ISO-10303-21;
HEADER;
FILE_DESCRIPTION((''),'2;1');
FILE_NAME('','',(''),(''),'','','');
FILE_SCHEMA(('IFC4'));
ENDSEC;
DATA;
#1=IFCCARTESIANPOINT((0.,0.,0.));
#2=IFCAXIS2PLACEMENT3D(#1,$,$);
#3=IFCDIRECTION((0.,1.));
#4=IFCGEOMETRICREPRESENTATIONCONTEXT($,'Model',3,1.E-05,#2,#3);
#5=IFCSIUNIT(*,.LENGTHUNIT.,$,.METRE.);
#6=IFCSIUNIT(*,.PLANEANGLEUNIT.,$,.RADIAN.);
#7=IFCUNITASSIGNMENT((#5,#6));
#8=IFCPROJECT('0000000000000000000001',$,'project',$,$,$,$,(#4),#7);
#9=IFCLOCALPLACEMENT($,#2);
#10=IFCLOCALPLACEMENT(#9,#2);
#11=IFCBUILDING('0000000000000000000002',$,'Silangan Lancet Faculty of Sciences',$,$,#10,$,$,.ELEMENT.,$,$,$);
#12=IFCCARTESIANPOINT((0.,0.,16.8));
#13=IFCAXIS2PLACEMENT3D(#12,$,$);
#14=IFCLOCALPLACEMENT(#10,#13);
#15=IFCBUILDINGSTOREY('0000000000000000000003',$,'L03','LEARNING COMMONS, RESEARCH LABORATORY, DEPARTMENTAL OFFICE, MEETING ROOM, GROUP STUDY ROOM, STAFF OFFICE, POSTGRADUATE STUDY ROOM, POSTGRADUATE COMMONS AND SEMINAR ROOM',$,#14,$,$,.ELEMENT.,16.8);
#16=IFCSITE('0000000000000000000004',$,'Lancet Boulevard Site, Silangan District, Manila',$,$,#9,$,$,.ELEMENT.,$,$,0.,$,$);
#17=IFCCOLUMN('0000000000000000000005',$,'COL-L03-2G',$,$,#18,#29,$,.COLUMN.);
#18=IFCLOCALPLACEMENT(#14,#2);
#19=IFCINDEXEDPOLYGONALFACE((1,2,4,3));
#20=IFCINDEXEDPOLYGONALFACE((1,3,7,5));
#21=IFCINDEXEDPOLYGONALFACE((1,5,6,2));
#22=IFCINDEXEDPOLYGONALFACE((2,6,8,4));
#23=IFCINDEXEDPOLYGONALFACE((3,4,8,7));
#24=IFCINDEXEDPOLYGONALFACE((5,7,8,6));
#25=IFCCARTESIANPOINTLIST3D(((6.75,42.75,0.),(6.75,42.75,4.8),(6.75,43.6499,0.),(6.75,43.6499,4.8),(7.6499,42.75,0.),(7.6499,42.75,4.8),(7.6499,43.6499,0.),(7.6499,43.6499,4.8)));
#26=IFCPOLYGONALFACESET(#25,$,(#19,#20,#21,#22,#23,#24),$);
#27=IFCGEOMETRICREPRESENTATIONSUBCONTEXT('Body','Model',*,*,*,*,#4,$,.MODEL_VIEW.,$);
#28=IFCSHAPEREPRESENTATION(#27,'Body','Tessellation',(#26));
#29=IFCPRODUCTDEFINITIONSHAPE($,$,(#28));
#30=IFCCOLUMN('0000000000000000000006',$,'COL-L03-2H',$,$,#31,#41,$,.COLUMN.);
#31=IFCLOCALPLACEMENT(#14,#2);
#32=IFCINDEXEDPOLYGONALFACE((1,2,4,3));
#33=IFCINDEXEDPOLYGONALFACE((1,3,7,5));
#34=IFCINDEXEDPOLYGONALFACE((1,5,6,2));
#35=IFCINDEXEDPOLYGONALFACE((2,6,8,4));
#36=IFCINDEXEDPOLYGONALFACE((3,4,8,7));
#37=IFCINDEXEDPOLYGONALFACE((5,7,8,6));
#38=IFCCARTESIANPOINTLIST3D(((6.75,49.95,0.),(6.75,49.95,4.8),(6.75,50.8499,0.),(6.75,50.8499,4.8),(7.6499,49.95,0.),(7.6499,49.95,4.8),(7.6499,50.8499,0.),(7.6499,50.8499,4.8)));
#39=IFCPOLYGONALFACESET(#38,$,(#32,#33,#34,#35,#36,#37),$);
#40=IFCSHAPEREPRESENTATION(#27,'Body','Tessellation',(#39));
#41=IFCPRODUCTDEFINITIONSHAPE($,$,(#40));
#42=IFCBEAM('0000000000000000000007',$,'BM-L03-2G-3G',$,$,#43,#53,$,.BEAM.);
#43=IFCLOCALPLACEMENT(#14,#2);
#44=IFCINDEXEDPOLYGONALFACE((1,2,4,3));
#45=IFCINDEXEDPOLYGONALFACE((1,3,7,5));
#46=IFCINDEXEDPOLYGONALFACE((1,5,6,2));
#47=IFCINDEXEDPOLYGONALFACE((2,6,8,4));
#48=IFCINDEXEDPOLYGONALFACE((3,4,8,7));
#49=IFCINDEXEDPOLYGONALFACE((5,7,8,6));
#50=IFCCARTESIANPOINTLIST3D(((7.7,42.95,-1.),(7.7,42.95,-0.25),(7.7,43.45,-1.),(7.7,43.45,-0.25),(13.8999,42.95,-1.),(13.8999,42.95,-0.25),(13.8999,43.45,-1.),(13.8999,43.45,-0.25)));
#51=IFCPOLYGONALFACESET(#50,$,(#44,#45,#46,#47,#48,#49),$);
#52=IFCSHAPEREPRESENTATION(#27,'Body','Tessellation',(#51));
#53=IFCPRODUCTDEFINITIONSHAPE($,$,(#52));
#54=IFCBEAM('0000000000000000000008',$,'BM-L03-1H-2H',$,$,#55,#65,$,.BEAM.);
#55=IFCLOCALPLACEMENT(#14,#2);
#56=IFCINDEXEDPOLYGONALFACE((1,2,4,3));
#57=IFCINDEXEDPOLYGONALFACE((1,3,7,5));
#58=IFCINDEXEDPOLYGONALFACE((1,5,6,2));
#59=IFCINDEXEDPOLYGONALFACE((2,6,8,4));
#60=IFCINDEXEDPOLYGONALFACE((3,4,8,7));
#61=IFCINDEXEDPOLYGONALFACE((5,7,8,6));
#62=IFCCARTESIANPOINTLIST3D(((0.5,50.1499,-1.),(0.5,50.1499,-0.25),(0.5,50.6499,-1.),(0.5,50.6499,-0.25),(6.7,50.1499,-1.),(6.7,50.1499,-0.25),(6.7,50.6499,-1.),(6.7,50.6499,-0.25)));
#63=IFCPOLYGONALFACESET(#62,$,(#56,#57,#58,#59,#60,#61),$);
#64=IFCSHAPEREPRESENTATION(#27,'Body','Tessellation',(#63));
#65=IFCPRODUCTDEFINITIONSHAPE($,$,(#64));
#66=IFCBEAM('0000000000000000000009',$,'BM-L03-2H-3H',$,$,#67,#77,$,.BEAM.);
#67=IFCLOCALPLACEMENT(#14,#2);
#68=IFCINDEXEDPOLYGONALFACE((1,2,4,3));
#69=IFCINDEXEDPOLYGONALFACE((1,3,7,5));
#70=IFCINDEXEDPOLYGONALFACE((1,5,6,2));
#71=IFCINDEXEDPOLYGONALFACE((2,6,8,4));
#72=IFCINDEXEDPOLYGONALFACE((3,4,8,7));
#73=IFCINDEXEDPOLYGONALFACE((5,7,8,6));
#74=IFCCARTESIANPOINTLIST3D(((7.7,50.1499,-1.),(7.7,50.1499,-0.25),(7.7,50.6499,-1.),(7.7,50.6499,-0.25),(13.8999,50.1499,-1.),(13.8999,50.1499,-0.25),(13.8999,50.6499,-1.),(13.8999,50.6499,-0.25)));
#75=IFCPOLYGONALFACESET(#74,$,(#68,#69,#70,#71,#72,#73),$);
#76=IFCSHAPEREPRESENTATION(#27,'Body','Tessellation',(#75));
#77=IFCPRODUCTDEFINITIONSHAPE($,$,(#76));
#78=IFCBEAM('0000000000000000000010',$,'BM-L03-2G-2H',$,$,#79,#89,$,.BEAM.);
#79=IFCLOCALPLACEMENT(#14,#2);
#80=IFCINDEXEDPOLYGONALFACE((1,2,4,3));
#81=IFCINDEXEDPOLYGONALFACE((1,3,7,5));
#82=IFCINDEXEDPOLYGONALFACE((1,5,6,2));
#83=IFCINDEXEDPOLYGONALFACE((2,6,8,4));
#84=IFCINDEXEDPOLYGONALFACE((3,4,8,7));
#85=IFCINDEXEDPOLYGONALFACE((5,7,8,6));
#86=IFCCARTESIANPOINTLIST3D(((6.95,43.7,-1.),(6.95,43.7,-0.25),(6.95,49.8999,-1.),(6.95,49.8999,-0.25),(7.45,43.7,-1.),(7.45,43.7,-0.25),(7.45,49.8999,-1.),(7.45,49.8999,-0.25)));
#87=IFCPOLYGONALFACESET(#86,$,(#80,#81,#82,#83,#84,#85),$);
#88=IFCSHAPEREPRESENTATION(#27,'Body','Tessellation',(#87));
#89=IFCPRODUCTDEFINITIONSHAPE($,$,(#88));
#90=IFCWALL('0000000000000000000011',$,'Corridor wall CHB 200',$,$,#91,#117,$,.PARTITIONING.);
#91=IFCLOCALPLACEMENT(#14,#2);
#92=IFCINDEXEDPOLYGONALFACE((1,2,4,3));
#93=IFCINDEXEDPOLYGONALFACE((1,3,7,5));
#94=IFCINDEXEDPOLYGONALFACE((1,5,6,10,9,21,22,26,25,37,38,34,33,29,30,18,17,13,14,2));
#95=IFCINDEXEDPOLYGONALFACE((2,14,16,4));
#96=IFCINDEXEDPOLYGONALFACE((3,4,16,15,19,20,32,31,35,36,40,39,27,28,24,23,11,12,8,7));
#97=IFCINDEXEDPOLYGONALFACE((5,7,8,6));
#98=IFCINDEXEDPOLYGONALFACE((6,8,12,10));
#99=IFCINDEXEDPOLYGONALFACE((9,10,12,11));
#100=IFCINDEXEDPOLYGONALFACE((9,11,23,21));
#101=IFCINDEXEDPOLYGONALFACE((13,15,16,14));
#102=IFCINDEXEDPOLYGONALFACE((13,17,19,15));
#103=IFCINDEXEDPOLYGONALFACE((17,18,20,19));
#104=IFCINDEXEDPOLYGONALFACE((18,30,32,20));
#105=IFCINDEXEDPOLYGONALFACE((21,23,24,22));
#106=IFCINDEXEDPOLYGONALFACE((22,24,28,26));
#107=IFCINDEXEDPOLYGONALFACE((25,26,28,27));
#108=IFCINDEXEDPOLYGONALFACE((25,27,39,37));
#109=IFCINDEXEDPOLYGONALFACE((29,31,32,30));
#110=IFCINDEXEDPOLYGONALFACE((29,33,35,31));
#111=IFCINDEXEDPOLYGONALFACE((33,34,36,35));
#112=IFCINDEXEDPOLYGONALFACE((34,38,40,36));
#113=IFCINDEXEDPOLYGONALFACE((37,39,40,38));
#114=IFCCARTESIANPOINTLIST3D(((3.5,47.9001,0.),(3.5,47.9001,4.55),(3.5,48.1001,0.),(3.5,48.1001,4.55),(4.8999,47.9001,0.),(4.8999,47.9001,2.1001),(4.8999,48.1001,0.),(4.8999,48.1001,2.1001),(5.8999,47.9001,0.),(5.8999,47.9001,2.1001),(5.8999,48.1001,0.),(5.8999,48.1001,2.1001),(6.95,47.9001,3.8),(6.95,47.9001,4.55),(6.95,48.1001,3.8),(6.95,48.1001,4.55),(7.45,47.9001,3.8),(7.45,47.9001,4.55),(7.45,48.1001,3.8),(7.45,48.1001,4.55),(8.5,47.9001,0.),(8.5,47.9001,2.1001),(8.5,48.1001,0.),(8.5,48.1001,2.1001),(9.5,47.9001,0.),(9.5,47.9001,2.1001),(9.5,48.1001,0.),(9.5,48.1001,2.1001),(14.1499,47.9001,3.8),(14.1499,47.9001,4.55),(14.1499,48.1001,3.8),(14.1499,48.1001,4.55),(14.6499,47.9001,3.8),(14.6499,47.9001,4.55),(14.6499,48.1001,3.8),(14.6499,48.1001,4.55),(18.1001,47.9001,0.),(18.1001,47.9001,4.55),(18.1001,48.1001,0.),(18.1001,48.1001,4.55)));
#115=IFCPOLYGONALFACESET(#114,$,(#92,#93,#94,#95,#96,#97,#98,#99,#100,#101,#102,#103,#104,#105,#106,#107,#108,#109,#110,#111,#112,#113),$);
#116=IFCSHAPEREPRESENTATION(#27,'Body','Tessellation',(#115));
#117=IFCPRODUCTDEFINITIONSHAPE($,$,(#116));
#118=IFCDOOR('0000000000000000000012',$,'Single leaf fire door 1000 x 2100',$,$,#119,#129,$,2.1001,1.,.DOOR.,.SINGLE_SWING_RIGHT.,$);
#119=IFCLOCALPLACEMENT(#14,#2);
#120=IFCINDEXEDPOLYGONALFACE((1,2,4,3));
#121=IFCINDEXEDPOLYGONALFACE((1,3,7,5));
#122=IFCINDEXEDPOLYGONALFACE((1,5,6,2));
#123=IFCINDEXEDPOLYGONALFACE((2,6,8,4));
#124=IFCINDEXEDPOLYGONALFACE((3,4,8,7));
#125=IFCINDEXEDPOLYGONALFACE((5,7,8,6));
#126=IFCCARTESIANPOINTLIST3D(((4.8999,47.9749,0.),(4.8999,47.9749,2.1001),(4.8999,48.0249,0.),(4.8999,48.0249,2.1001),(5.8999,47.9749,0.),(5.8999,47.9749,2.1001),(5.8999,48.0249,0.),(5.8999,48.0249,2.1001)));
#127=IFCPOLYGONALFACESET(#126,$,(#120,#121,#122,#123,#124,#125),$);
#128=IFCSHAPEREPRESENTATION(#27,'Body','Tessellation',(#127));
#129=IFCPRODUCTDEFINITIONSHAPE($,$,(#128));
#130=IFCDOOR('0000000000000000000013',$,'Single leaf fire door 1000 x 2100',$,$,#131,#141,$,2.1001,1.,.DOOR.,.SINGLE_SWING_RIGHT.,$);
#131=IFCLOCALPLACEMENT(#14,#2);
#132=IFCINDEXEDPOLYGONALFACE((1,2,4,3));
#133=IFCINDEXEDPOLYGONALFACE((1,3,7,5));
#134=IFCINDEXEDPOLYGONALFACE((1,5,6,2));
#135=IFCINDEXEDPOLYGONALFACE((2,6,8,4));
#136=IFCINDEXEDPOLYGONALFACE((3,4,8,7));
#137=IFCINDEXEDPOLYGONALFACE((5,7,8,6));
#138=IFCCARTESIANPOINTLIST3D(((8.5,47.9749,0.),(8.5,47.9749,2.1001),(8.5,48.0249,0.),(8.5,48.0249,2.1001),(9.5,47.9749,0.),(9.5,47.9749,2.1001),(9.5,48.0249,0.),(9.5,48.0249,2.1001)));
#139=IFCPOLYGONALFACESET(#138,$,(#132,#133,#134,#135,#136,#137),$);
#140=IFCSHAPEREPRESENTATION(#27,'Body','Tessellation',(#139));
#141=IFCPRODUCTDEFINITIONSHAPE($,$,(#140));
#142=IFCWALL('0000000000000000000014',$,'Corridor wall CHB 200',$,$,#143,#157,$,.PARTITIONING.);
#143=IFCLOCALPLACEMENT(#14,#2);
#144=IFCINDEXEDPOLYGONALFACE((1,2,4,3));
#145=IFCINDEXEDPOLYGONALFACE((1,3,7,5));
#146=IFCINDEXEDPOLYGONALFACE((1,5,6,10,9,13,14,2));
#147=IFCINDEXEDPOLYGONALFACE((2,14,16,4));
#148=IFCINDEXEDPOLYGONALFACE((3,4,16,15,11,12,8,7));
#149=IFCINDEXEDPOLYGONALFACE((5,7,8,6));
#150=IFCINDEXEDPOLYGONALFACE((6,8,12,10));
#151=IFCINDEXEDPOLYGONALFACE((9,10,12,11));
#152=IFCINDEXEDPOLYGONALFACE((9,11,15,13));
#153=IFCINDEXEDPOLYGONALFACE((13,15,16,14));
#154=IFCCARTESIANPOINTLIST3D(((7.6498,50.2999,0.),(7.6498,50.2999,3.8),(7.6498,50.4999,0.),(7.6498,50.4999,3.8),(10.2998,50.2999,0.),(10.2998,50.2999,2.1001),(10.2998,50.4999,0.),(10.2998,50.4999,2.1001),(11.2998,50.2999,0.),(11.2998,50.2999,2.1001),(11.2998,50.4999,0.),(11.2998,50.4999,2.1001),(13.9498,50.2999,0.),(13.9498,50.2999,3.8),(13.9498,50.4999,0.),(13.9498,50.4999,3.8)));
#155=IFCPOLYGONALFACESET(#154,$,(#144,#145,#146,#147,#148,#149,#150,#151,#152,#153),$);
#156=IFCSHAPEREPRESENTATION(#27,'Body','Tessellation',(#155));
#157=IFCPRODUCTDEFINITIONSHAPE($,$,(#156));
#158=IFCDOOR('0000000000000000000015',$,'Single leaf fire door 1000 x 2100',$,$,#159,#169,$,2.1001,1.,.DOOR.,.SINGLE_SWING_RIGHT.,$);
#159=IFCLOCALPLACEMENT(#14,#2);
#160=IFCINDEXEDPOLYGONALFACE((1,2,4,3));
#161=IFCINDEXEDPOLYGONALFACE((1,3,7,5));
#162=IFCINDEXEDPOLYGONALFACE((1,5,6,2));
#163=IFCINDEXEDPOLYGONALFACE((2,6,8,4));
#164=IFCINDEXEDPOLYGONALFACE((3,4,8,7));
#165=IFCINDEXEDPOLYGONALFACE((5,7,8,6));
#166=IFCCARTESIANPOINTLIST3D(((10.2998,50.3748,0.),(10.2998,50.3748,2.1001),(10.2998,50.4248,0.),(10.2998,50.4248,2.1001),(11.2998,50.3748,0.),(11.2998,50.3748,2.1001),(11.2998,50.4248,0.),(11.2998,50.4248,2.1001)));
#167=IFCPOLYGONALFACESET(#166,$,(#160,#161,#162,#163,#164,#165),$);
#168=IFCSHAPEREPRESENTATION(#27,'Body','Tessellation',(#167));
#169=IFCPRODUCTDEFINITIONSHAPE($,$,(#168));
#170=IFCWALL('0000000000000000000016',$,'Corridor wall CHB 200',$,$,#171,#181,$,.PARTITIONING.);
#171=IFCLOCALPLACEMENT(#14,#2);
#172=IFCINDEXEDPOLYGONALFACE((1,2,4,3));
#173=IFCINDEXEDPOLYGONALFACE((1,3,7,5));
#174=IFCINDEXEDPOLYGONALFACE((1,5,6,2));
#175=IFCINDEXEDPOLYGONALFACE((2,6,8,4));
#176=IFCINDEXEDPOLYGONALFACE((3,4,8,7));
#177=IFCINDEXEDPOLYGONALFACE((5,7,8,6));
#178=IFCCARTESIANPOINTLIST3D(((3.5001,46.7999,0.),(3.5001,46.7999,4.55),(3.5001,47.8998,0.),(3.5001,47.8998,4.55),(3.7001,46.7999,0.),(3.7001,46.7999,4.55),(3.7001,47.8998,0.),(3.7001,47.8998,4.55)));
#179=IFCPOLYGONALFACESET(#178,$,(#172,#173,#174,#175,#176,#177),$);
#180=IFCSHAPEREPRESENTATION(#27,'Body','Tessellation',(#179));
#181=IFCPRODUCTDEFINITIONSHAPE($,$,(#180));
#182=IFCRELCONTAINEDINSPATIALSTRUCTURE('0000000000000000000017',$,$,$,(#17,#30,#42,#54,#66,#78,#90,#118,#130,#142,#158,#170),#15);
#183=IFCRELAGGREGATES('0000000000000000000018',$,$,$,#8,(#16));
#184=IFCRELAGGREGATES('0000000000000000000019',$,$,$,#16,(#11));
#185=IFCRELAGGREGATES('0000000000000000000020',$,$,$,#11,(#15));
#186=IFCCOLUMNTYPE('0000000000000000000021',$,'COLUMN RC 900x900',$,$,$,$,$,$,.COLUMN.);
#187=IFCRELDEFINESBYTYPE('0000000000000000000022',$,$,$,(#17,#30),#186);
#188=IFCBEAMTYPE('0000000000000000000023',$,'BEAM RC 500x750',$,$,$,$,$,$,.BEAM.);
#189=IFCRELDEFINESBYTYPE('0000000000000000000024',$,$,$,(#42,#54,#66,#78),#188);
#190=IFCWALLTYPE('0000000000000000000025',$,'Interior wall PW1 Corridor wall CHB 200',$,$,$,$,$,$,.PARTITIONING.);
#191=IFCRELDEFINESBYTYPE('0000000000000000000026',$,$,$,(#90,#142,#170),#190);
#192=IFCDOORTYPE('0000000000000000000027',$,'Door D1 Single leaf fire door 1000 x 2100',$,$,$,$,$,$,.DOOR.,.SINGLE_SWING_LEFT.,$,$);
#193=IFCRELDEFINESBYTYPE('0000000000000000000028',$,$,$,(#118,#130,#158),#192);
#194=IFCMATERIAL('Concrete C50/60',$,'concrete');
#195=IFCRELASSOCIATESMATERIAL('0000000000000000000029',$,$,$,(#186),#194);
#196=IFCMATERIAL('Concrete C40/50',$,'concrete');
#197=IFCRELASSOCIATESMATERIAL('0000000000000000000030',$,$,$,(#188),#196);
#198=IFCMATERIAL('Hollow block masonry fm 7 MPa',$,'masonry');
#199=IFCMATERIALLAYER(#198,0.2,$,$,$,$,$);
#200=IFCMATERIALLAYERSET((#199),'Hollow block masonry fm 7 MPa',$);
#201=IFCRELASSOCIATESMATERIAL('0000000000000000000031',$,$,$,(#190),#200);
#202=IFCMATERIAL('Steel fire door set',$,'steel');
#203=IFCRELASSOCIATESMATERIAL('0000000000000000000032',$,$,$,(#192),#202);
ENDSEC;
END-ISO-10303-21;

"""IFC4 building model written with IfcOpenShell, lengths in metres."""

from ifc_helpers import new_model, si_unit, direction, frame, frame_2d, origin, origin_2d, place, context, subcontext, project, spatial, polyline, rectangle, outline, extrude, material, layer, layer_set, material_profile, profile_set, type_object, element, fill, save


model = new_model("IFC4")

# Units and contexts
model_context = context("Model", 3, precision=1e-05, world=origin(), true_north=direction((0.0, 1.0)))
body_context = subcontext(model_context, "Body", "Model", "MODEL_VIEW")
ifc_project = project(units=[si_unit("LENGTHUNIT", "METRE"), si_unit("PLANEANGLEUNIT", "RADIAN")], contexts=[model_context])

# Site, building, storey
site_placement = place(None, origin())
site = spatial("IfcSite", under=ifc_project, at=site_placement, Name="Lancet Boulevard Site, Silangan District, Manila", CompositionType="ELEMENT", RefElevation=0.0)
building_placement = place(site_placement, origin())
building = spatial("IfcBuilding", under=site, at=building_placement, Name="Silangan Lancet Faculty of Sciences", CompositionType="ELEMENT")
storey_placement = place(building_placement, frame((0.0, 0.0, 16.8)))
storey = spatial("IfcBuildingStorey", under=building, at=storey_placement, Name="L03", Description="LEARNING COMMONS, RESEARCH LABORATORY, DEPARTMENTAL OFFICE, MEETING ROOM, GROUP STUDY ROOM, STAFF OFFICE, POSTGRADUATE STUDY ROOM, POSTGRADUATE COMMONS AND SEMINAR ROOM", CompositionType="ELEMENT", Elevation=16.8)

# Columns
ifc_material_1 = material(Name="Concrete C50/60", Category="concrete")
ifc_material_profile_1 = material_profile(ifc_material_1, rectangle(XDim=0.8999, YDim=0.8999, at=origin_2d()), Name="RC 900x900")
ifc_profile_set_1 = profile_set([ifc_material_profile_1], Name="Concrete C50/60")
column_type = type_object("IfcColumnType", Name="COLUMN RC 900x900", PredefinedType="COLUMN", material=ifc_profile_set_1)
for number, where, z_axis, x_axis, name in (
    (1, (7.2, 43.2, 0.0), (0.0, 0.0, 1.0), (1.0, 0.0, 0.0), "COL-L03-2G"),
    (2, (7.2, 50.3999, 0.0), (0.0, 0.0, 1.0), (1.0, 0.0, 0.0), "COL-L03-2H"),
):
    element("IfcColumn", number, at=place(storey_placement, frame(where, z_axis=z_axis, x_axis=x_axis)), inside=storey, type_object=column_type, Name=name, PredefinedType="COLUMN", context=body_context, shape_type="SweptSolid", body=[
        extrude(rectangle(XDim=0.8999, YDim=0.8999, at=origin_2d()), origin(), (0.0, 0.0, 1.0), 4.8),
    ])

# Beams
ifc_material_2 = material(Name="Concrete C40/50", Category="concrete")
ifc_material_profile_2 = material_profile(ifc_material_2, rectangle(XDim=0.5, YDim=0.75, at=origin_2d()), Name="RC 500x750")
ifc_profile_set_2 = profile_set([ifc_material_profile_2], Name="Concrete C40/50")
beam_type = type_object("IfcBeamType", Name="BEAM RC 500x750", PredefinedType="BEAM", material=ifc_profile_set_2)
for number, where, z_axis, x_axis, name in (
    (3, (7.7, 43.2, -0.625), (1.0, 0.0, 0.0), (0.0, 1.0, 0.0), "BM-L03-2G-3G"),
    (4, (0.5, 50.3999, -0.625), (1.0, 0.0, 0.0), (0.0, 1.0, 0.0), "BM-L03-1H-2H"),
    (5, (7.7, 50.3999, -0.625), (1.0, 0.0, 0.0), (0.0, 1.0, 0.0), "BM-L03-2H-3H"),
    (6, (7.2, 43.7, -0.625), (0.0, 1.0, 0.0), (-1.0, 0.0, 0.0), "BM-L03-2G-2H"),
):
    element("IfcBeam", number, at=place(storey_placement, frame(where, z_axis=z_axis, x_axis=x_axis)), inside=storey, type_object=beam_type, Name=name, PredefinedType="BEAM", context=body_context, shape_type="SweptSolid", body=[
        extrude(rectangle(XDim=0.5, YDim=0.75, at=origin_2d()), origin(), (0.0, 0.0, 1.0), 6.2),
    ])

# Wall, openings, doors
ifc_material_3 = material(Name="Hollow block masonry fm 7 MPa", Category="masonry")
ifc_layer_1 = layer(ifc_material_3, 0.2)
ifc_layer_set_1 = layer_set([ifc_layer_1], Name="Hollow block masonry fm 7 MPa")
wall_type_1 = type_object("IfcWallType", Name="Interior wall PW1 Corridor wall CHB 200", PredefinedType="PARTITIONING", material=ifc_layer_set_1)
wall_1_placement = place(storey_placement, frame((3.5, 48.0, 0.0), z_axis=(0.0, 0.0, 1.0), x_axis=(1.0, 0.0, 0.0)))
wall_1 = element("IfcWall", 7, at=wall_1_placement, inside=storey, type_object=wall_type_1, Name="Corridor wall CHB 200", PredefinedType="PARTITIONING", context=body_context, shape_type="SweptSolid", body=[
    extrude(outline(polyline([(0.0, 0.0), (14.6001, 0.0), (14.6001, 4.55), (11.1499, 4.55), (11.1499, 3.8), (10.6499, 3.8), (10.6499, 4.55), (3.95, 4.55), (3.95, 3.8), (3.45, 3.8), (3.45, 4.55), (0.0, 4.55), (0.0, 0.0)])), frame((0.0, 0.1001, 0.0), z_axis=(0.0, -1.0, 0.0), x_axis=(1.0, 0.0, 0.0)), (0.0, 0.0, 1.0), 0.2),
])
opening_1_placement = place(wall_1_placement, frame((1.3999, 0.0, 0.0)))
opening_1 = element("IfcOpeningElement", 8, at=opening_1_placement, cuts=wall_1, PredefinedType="OPENING", context=body_context, shape_type="SweptSolid", body=[
    extrude(rectangle(XDim=1.0, YDim=2.1001, at=frame_2d((0.5, 1.05))), frame((0.0, 0.1099, 0.0), z_axis=(0.0, -1.0, 0.0), x_axis=(1.0, 0.0, 0.0)), (0.0, 0.0, 1.0), 0.22),
])
opening_2_placement = place(wall_1_placement, frame((5.0, 0.0, 0.0)))
opening_2 = element("IfcOpeningElement", 9, at=opening_2_placement, cuts=wall_1, PredefinedType="OPENING", context=body_context, shape_type="SweptSolid", body=[
    extrude(rectangle(XDim=1.0, YDim=2.1001, at=frame_2d((0.5, 1.05))), frame((0.0, 0.1099, 0.0), z_axis=(0.0, -1.0, 0.0), x_axis=(1.0, 0.0, 0.0)), (0.0, 0.0, 1.0), 0.22),
])
ifc_material_4 = material(Name="Steel fire door set", Category="steel")
door_type_1 = type_object("IfcDoorType", Name="Door D1 Single leaf fire door 1000 x 2100", OperationType="SINGLE_SWING_LEFT", PredefinedType="DOOR", material=ifc_material_4)
door_1_placement = place(opening_1_placement, frame((1.0, 0.0, 0.0), z_axis=(0.0, 0.0, 1.0), x_axis=(-1.0, 0.0, 0.0)))
door_1 = element("IfcDoor", 10, at=door_1_placement, inside=storey, type_object=door_type_1, Name="Single leaf fire door 1000 x 2100", OperationType="SINGLE_SWING_RIGHT", OverallHeight=2.1001, OverallWidth=1.0, PredefinedType="DOOR", context=body_context, shape_type="SweptSolid", body=[
    extrude(rectangle(XDim=1.0, YDim=2.1001, at=frame_2d((0.5, 1.05))), frame((0.0, 0.0251, 0.0), z_axis=(0.0, -1.0, 0.0), x_axis=(1.0, 0.0, 0.0)), (0.0, 0.0, 1.0), 0.05),
])
fill(opening_1, door_1)
door_2_placement = place(opening_2_placement, frame((1.0, 0.0, 0.0), z_axis=(0.0, 0.0, 1.0), x_axis=(-1.0, 0.0, 0.0)))
door_2 = element("IfcDoor", 11, at=door_2_placement, inside=storey, type_object=door_type_1, Name="Single leaf fire door 1000 x 2100", OperationType="SINGLE_SWING_RIGHT", OverallHeight=2.1001, OverallWidth=1.0, PredefinedType="DOOR", context=body_context, shape_type="SweptSolid", body=[
    extrude(rectangle(XDim=1.0, YDim=2.1001, at=frame_2d((0.5, 1.05))), frame((0.0, 0.0251, 0.0), z_axis=(0.0, -1.0, 0.0), x_axis=(1.0, 0.0, 0.0)), (0.0, 0.0, 1.0), 0.05),
])
fill(opening_2, door_2)

# Wall, opening, door
wall_2_placement = place(storey_placement, frame((7.6499, 50.3999, 0.0), z_axis=(0.0, 0.0, 1.0), x_axis=(1.0, 0.0, 0.0)))
wall_2 = element("IfcWall", 12, at=wall_2_placement, inside=storey, type_object=wall_type_1, Name="Corridor wall CHB 200", PredefinedType="PARTITIONING", context=body_context, shape_type="SweptSolid", body=[
    extrude(rectangle(XDim=6.3, YDim=0.2, at=frame_2d((3.1499, 0.0))), origin(), (0.0, 0.0, 1.0), 3.8),
])
opening_3_placement = place(wall_2_placement, frame((2.6499, 0.0, 0.0)))
opening_3 = element("IfcOpeningElement", 13, at=opening_3_placement, cuts=wall_2, PredefinedType="OPENING", context=body_context, shape_type="SweptSolid", body=[
    extrude(rectangle(XDim=1.0, YDim=2.1001, at=frame_2d((0.5, 1.05))), frame((0.0, 0.1099, 0.0), z_axis=(0.0, -1.0, 0.0), x_axis=(1.0, 0.0, 0.0)), (0.0, 0.0, 1.0), 0.22),
])
door_3_placement = place(opening_3_placement, origin())
door_3 = element("IfcDoor", 14, at=door_3_placement, inside=storey, type_object=door_type_1, Name="Single leaf fire door 1000 x 2100", OperationType="SINGLE_SWING_RIGHT", OverallHeight=2.1001, OverallWidth=1.0, PredefinedType="DOOR", context=body_context, shape_type="SweptSolid", body=[
    extrude(rectangle(XDim=1.0, YDim=2.1001, at=frame_2d((0.5, 1.05))), frame((0.0, 0.0249, 0.0), z_axis=(0.0, -1.0, 0.0), x_axis=(1.0, 0.0, 0.0)), (0.0, 0.0, 1.0), 0.05),
])
fill(opening_3, door_3)

# Wall
wall_3_placement = place(storey_placement, frame((3.6001, 46.8, 0.0), z_axis=(0.0, 0.0, 1.0), x_axis=(0.0, 1.0, 0.0)))
element("IfcWall", 15, at=wall_3_placement, inside=storey, type_object=wall_type_1, Name="Corridor wall CHB 200", PredefinedType="PARTITIONING", context=body_context, shape_type="SweptSolid", body=[
    extrude(rectangle(XDim=1.0999, YDim=0.2, at=frame_2d((0.5498, 0.0))), origin(), (0.0, 0.0, 1.0), 4.55),
])

save(model, "model.ifc")
